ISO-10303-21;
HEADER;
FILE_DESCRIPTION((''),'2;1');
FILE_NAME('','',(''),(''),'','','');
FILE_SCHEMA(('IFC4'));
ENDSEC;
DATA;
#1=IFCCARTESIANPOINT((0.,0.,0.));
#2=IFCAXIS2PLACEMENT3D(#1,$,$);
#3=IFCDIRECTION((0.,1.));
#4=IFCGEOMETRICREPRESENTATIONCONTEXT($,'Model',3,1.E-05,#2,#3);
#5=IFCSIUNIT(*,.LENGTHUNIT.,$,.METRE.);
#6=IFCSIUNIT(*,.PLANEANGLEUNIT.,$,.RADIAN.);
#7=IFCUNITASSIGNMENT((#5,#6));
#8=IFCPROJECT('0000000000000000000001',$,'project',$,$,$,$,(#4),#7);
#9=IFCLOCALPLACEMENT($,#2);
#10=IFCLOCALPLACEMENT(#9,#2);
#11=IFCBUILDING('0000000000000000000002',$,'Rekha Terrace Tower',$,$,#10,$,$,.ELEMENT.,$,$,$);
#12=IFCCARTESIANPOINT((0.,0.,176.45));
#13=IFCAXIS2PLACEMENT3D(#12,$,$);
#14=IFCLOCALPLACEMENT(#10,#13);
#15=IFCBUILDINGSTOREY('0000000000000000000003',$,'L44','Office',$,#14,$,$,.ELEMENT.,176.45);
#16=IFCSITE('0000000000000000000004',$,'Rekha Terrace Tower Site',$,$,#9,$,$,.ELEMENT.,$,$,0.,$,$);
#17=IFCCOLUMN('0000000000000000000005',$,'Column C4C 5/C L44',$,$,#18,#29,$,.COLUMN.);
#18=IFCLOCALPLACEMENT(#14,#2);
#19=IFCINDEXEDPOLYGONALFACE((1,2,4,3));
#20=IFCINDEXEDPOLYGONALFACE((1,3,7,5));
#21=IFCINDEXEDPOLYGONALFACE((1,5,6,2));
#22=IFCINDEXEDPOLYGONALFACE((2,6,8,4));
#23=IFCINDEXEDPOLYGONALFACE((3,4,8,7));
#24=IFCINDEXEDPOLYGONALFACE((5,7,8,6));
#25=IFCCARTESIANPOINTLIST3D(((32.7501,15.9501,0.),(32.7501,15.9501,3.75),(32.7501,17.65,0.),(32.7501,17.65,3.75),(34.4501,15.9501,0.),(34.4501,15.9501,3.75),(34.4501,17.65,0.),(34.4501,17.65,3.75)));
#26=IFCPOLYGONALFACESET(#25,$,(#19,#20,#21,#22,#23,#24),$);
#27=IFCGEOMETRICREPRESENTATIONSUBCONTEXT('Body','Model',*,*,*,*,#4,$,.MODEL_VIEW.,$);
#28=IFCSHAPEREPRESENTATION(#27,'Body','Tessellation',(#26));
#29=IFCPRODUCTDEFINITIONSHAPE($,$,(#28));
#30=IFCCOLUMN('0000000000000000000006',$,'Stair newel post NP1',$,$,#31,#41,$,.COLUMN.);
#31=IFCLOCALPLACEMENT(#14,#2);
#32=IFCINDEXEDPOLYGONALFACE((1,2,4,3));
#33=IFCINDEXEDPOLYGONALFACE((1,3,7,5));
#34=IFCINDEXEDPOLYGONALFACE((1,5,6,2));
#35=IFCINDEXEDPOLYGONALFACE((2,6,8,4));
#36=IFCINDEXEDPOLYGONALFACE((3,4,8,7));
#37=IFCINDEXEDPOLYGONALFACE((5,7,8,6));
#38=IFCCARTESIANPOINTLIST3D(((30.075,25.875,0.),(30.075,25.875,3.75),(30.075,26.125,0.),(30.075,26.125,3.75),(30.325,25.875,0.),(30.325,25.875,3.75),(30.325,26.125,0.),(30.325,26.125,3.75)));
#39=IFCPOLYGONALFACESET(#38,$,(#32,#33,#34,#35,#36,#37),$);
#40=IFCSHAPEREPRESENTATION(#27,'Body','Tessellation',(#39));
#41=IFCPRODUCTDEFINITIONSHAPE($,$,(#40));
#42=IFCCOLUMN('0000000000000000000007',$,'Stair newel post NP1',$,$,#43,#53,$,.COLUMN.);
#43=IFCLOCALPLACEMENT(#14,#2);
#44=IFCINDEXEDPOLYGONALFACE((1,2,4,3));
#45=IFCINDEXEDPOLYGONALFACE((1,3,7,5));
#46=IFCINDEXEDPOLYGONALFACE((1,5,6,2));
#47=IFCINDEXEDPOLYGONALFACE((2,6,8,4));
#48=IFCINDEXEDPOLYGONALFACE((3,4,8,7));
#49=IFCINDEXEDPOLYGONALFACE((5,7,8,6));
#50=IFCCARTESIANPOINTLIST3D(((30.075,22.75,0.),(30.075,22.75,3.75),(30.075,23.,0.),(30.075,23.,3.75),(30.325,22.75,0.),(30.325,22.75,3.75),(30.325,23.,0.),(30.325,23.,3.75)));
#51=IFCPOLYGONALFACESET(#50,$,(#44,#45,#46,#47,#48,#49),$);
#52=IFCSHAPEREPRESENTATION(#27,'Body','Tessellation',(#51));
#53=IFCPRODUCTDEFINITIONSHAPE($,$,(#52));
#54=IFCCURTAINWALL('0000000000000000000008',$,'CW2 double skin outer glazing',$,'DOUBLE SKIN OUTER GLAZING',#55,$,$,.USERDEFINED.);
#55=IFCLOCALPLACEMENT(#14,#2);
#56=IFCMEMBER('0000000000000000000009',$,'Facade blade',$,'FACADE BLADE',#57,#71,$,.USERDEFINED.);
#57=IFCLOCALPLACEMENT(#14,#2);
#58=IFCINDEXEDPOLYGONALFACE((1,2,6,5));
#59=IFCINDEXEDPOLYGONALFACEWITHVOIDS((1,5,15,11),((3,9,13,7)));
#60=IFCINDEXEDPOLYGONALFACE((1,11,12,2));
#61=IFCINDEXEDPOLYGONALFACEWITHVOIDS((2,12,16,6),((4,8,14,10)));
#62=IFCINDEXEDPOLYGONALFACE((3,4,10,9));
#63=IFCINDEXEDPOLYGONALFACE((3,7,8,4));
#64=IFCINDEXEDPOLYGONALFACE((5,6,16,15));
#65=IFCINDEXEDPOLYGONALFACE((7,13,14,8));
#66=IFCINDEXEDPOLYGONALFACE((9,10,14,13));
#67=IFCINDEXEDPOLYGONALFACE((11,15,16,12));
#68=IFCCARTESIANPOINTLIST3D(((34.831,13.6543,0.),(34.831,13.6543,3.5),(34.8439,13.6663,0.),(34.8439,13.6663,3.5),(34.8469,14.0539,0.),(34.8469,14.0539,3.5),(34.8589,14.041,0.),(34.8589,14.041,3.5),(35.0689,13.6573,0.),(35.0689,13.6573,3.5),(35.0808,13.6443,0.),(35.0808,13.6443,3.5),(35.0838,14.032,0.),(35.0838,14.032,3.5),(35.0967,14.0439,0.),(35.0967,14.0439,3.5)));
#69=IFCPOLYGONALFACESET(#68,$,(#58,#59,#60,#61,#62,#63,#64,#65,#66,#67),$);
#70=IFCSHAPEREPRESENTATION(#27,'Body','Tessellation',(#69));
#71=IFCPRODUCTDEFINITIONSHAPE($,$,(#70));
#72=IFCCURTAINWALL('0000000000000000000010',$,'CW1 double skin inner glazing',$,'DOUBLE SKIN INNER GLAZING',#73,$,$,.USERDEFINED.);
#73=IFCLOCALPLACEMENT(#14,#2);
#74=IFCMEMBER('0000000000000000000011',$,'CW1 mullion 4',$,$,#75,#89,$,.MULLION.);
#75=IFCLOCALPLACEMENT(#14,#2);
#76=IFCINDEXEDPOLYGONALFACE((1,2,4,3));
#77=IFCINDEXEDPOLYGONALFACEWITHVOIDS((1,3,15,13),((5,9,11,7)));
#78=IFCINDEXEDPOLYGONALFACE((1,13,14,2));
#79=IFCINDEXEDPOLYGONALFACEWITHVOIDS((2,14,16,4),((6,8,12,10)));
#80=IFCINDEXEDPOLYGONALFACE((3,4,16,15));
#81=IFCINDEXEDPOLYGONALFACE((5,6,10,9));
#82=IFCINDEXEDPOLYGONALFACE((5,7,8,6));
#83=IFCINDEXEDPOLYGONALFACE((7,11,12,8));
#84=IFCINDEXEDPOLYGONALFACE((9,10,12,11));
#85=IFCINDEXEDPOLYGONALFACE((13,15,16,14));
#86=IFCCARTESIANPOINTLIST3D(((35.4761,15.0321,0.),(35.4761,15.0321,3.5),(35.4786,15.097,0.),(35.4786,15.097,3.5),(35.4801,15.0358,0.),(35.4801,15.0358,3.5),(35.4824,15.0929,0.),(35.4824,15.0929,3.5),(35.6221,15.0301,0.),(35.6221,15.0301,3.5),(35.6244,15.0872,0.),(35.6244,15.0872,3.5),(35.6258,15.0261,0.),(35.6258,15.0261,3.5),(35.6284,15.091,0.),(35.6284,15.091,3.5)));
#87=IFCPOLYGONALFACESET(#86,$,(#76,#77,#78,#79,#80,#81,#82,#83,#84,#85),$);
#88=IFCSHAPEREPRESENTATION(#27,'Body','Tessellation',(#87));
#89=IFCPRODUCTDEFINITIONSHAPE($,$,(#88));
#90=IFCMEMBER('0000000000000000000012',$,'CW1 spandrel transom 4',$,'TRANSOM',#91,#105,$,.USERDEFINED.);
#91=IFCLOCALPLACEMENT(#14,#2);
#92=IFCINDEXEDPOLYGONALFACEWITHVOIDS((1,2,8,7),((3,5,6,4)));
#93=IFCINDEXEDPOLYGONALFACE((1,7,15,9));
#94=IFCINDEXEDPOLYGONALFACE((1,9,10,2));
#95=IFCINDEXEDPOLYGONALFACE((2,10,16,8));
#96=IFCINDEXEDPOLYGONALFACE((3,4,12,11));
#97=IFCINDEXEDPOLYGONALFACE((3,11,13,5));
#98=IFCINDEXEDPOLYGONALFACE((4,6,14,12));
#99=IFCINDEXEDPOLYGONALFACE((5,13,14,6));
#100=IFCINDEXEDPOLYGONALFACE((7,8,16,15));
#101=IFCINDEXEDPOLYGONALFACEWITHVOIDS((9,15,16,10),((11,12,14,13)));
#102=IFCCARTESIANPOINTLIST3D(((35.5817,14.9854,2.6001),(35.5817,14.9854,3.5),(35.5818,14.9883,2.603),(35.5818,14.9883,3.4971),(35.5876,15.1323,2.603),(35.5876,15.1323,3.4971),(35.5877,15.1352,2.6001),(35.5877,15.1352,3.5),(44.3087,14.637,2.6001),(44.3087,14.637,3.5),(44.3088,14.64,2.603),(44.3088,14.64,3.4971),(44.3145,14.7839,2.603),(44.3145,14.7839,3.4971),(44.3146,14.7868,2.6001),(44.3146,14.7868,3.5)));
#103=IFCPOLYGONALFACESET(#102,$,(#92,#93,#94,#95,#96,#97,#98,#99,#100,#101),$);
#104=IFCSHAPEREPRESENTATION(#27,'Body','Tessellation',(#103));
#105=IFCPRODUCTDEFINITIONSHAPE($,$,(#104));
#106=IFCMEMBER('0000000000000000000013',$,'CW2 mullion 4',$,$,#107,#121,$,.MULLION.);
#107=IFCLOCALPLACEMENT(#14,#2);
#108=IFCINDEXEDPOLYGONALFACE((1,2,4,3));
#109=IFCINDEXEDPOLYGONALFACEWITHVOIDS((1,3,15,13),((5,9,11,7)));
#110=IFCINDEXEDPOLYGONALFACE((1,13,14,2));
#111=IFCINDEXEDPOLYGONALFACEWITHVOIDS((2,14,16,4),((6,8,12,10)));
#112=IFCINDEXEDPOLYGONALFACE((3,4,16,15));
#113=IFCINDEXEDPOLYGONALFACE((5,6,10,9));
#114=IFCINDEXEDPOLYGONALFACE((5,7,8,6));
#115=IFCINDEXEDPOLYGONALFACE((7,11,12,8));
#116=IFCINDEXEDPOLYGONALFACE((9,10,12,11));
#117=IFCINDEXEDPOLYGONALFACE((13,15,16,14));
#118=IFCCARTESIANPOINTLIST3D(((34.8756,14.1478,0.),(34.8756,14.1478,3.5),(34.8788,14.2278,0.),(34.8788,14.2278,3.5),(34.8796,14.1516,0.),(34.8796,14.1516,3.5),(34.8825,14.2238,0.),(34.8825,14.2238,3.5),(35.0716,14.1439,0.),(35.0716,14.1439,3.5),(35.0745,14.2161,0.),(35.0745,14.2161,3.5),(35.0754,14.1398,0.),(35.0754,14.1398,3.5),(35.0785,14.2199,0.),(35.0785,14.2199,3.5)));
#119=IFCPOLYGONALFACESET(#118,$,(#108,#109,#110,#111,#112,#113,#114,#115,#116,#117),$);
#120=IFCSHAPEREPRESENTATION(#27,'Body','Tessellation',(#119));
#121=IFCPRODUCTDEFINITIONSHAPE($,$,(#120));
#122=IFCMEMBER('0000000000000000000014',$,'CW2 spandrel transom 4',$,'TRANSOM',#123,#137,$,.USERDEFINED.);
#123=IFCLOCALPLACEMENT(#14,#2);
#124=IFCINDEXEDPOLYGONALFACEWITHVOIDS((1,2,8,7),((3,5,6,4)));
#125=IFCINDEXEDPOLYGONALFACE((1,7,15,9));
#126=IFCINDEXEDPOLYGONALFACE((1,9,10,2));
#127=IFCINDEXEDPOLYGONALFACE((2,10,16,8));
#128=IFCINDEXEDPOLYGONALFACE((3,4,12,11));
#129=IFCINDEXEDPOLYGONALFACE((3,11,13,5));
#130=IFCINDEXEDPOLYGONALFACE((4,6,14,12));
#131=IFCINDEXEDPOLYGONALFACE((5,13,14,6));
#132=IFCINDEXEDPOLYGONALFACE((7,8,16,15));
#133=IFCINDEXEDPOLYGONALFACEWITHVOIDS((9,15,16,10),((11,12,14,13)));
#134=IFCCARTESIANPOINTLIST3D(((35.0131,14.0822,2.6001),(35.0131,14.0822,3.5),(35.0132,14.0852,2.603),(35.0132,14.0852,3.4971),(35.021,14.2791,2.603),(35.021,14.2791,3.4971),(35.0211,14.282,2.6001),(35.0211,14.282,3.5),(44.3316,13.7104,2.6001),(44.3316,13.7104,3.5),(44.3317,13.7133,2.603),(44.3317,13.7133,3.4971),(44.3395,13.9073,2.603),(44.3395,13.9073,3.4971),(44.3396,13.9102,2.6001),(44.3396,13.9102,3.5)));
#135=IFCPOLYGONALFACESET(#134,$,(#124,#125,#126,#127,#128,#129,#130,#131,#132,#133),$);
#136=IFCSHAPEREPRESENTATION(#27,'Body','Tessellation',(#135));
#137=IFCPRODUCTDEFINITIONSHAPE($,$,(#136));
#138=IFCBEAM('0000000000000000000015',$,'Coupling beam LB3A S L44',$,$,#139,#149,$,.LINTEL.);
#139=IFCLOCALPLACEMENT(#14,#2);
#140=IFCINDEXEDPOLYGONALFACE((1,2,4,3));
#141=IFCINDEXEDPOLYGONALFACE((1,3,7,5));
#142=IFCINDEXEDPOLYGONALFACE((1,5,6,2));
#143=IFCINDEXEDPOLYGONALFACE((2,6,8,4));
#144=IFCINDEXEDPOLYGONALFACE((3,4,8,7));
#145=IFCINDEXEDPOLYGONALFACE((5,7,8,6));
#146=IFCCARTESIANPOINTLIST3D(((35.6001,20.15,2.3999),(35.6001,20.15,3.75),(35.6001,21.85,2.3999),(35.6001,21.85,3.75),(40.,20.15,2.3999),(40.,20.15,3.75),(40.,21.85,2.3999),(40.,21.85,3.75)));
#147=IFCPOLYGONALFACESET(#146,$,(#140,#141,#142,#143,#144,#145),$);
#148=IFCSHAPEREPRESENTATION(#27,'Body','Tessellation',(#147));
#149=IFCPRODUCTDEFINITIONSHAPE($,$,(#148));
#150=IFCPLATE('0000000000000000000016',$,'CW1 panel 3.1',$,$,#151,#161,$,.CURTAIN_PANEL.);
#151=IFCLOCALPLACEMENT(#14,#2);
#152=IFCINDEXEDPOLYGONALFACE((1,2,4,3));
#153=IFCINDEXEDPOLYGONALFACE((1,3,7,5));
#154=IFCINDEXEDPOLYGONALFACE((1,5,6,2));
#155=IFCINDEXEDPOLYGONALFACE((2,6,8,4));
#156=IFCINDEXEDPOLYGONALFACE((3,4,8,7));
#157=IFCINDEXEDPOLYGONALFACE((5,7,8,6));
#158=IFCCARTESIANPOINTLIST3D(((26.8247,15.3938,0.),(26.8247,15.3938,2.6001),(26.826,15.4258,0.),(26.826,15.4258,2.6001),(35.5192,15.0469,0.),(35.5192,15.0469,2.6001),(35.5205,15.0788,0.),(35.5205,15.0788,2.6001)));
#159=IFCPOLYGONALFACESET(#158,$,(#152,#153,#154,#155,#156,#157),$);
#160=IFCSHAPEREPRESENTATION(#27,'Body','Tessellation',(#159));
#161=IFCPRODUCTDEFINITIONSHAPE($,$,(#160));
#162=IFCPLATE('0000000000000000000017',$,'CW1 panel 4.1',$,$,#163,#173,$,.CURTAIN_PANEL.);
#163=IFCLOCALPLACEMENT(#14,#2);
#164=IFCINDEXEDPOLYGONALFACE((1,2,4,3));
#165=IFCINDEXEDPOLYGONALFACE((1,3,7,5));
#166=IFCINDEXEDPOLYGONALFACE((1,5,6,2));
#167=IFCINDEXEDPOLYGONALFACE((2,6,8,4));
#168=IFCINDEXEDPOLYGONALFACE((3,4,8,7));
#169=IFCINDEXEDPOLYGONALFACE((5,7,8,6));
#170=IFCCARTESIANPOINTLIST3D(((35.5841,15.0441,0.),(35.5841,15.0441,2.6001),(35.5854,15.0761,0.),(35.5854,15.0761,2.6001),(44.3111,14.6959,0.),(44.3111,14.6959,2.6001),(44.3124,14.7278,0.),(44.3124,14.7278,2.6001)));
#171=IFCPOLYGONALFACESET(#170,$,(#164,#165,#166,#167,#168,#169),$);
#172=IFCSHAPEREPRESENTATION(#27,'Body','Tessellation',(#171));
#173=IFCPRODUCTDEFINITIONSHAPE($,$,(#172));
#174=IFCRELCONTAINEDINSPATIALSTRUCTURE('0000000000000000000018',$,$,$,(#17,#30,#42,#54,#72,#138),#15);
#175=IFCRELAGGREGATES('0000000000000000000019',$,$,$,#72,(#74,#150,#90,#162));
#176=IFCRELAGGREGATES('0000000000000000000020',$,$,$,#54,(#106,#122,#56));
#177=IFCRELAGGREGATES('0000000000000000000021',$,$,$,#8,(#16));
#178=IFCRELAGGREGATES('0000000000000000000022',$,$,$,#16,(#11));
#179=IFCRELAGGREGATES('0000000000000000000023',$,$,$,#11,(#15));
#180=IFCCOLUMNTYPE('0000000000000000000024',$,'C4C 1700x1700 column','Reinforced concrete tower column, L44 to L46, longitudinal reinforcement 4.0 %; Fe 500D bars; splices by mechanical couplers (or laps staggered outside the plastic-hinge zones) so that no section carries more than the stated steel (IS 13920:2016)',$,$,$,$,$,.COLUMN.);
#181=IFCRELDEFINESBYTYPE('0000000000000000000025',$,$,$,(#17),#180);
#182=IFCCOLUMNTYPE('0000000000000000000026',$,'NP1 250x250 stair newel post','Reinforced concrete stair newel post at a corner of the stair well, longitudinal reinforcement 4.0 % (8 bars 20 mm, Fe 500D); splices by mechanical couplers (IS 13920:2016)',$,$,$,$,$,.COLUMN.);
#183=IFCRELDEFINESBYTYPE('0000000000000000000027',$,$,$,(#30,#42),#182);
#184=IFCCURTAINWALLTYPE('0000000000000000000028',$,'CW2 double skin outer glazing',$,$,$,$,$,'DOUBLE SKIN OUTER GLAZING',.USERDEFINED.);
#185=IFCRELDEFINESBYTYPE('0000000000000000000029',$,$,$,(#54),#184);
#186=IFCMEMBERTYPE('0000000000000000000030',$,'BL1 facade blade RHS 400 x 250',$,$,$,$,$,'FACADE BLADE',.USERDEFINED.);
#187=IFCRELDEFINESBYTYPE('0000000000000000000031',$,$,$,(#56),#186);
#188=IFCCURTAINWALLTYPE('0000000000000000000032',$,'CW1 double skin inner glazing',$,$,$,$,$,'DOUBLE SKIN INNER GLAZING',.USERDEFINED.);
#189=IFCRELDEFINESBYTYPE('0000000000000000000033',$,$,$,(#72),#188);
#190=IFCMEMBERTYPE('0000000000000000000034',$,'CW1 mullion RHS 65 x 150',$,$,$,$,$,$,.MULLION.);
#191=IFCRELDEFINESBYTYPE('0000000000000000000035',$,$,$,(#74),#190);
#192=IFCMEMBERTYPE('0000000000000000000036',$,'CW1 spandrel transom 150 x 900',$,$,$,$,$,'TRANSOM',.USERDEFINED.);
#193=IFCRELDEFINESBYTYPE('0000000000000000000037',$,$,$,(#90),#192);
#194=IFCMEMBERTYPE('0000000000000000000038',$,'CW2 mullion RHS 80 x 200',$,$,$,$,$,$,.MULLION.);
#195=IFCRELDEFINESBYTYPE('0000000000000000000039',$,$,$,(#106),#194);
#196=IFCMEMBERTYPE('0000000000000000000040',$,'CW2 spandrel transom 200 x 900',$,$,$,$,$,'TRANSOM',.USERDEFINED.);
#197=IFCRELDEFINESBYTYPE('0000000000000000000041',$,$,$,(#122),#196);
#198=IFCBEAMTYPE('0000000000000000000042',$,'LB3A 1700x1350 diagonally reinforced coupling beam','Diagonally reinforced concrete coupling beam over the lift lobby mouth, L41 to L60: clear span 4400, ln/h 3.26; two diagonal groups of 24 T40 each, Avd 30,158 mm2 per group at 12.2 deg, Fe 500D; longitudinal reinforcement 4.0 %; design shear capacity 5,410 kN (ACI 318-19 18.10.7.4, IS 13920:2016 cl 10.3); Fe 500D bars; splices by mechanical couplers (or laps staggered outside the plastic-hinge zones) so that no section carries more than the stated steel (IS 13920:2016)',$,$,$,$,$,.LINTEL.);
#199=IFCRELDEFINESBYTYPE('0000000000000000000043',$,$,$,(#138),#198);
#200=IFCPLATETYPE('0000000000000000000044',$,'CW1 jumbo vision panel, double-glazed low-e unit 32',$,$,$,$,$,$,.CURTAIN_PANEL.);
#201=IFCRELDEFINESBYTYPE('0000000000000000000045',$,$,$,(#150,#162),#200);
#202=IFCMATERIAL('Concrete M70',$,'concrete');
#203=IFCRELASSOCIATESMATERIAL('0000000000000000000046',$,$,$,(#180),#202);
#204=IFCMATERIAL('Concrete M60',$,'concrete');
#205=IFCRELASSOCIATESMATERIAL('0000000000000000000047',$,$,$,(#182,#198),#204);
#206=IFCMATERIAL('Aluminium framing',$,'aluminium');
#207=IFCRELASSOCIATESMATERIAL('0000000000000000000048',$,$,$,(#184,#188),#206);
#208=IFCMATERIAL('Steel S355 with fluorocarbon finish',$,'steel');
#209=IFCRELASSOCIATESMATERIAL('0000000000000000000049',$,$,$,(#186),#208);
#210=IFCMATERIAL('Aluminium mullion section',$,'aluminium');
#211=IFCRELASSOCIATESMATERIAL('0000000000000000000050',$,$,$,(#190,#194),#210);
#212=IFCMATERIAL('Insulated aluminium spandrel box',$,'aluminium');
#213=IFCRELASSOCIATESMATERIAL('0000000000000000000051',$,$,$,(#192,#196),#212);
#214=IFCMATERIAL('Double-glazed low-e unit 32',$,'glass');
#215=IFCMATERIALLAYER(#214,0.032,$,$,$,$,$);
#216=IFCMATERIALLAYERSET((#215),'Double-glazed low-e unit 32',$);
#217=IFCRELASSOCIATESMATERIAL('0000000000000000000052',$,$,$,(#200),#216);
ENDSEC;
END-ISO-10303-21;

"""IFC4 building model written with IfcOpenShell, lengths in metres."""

from ifc_helpers import new_model, si_unit, direction, frame, origin, origin_2d, place, context, subcontext, project, spatial, rectangle, hollow_rectangle, extrude, material, layer, layer_set, material_profile, profile_set, type_object, element, aggregate, save


model = new_model("IFC4")

# Units and contexts
model_context = context("Model", 3, precision=1e-05, world=origin(), true_north=direction((0.0, 1.0)))
body_context = subcontext(model_context, "Body", "Model", "MODEL_VIEW")
ifc_project = project(units=[si_unit("LENGTHUNIT", "METRE"), si_unit("PLANEANGLEUNIT", "RADIAN")], contexts=[model_context])

# Site, building, storey
site_placement = place(None, origin())
site = spatial("IfcSite", under=ifc_project, at=site_placement, Name="Rekha Terrace Tower Site", CompositionType="ELEMENT", RefElevation=0.0)
building_placement = place(site_placement, origin())
building = spatial("IfcBuilding", under=site, at=building_placement, Name="Rekha Terrace Tower", CompositionType="ELEMENT")
storey_placement = place(building_placement, frame((0.0, 0.0, 176.45)))
storey = spatial("IfcBuildingStorey", under=building, at=storey_placement, Name="L44", Description="Office", CompositionType="ELEMENT", Elevation=176.45)

# Columns
ifc_material_1 = material(Name="Concrete M70", Category="concrete")
ifc_material_profile_1 = material_profile(ifc_material_1, rectangle(XDim=1.7, YDim=1.7, at=origin_2d()), Name="RC 1700x1700")
ifc_profile_set_1 = profile_set([ifc_material_profile_1], Name="Concrete M70")
column_type_1 = type_object("IfcColumnType", Name="C4C 1700x1700 column", Description="Reinforced concrete tower column, L44 to L46, longitudinal reinforcement 4.0 %; Fe 500D bars; splices by mechanical couplers (or laps staggered outside the plastic-hinge zones) so that no section carries more than the stated steel (IS 13920:2016)", PredefinedType="COLUMN", material=ifc_profile_set_1)
column_placement = place(storey_placement, frame((33.6001, 16.8, 0.0), z_axis=(0.0, 0.0, 1.0), x_axis=(1.0, 0.0, 0.0)))
element("IfcColumn", 1, at=column_placement, inside=storey, type_object=column_type_1, Name="Column C4C 5/C L44", PredefinedType="COLUMN", context=body_context, shape_type="SweptSolid", body=[
    extrude(rectangle(XDim=1.7, YDim=1.7, at=origin_2d()), origin(), (0.0, 0.0, 1.0), 3.75),
])
ifc_material_2 = material(Name="Concrete M60", Category="concrete")
ifc_material_profile_2 = material_profile(ifc_material_2, rectangle(XDim=0.25, YDim=0.25, at=origin_2d()), Name="RC 250x250")
ifc_profile_set_2 = profile_set([ifc_material_profile_2], Name="Concrete M60")
column_type_2 = type_object("IfcColumnType", Name="NP1 250x250 stair newel post", Description="Reinforced concrete stair newel post at a corner of the stair well, longitudinal reinforcement 4.0 % (8 bars 20 mm, Fe 500D); splices by mechanical couplers (IS 13920:2016)", PredefinedType="COLUMN", material=ifc_profile_set_2)
for number, where, z_axis, x_axis, name in (
    (2, (30.2, 26.0, 0.0), (0.0, 0.0, 1.0), (1.0, 0.0, 0.0), "Stair newel post NP1"),
    (3, (30.2, 22.875, 0.0), (0.0, 0.0, 1.0), (1.0, 0.0, 0.0), "Stair newel post NP1"),
):
    element("IfcColumn", number, at=place(storey_placement, frame(where, z_axis=z_axis, x_axis=x_axis)), inside=storey, type_object=column_type_2, Name=name, PredefinedType="COLUMN", context=body_context, shape_type="SweptSolid", body=[
        extrude(rectangle(XDim=0.25, YDim=0.25, at=origin_2d()), origin(), (0.0, 0.0, 1.0), 3.75),
    ])

# Curtain wall, member
ifc_material_3 = material(Name="Aluminium framing", Category="aluminium")
curtain_wall_type_1 = type_object("IfcCurtainWallType", Name="CW2 double skin outer glazing", ElementType="DOUBLE SKIN OUTER GLAZING", PredefinedType="USERDEFINED", material=ifc_material_3)
curtain_wall_1_placement = place(storey_placement, origin())
curtain_wall_1 = element("IfcCurtainWall", 4, at=curtain_wall_1_placement, inside=storey, type_object=curtain_wall_type_1, Name="CW2 double skin outer glazing", ObjectType="DOUBLE SKIN OUTER GLAZING", PredefinedType="USERDEFINED")
ifc_material_4 = material(Name="Steel S355 with fluorocarbon finish", Category="steel")
ifc_material_profile_3 = material_profile(ifc_material_4, hollow_rectangle(XDim=0.25, YDim=0.3999, WallThickness=0.0125, at=origin_2d()), Name="RHS400x250x12.5")
ifc_profile_set_3 = profile_set([ifc_material_profile_3], Name="Steel S355 with fluorocarbon finish")
member_type_1 = type_object("IfcMemberType", Name="BL1 facade blade RHS 400 x 250", ElementType="FACADE BLADE", PredefinedType="USERDEFINED", material=ifc_profile_set_3)
member_1_placement = place(storey_placement, frame((34.9639, 13.8491, 0.0), z_axis=(0.0, 0.0, 1.0), x_axis=(0.999205, -0.039872, 0.0)))
member_1 = element("IfcMember", 5, at=member_1_placement, type_object=member_type_1, Name="Facade blade", ObjectType="FACADE BLADE", PredefinedType="USERDEFINED", context=body_context, shape_type="SweptSolid", body=[
    extrude(hollow_rectangle(XDim=0.25, YDim=0.3999, WallThickness=0.0125, at=origin_2d()), origin(), (0.0, 0.0, 1.0), 3.5),
])

# Curtain wall, members
curtain_wall_type_2 = type_object("IfcCurtainWallType", Name="CW1 double skin inner glazing", ElementType="DOUBLE SKIN INNER GLAZING", PredefinedType="USERDEFINED", material=ifc_material_3)
curtain_wall_2_placement = place(storey_placement, origin())
curtain_wall_2 = element("IfcCurtainWall", 6, at=curtain_wall_2_placement, inside=storey, type_object=curtain_wall_type_2, Name="CW1 double skin inner glazing", ObjectType="DOUBLE SKIN INNER GLAZING", PredefinedType="USERDEFINED")
ifc_material_5 = material(Name="Aluminium mullion section", Category="aluminium")
ifc_material_profile_4 = material_profile(ifc_material_5, hollow_rectangle(XDim=0.0649, YDim=0.1499, WallThickness=0.0039, at=origin_2d()), Name="AL RHS 65x150")
ifc_profile_set_4 = profile_set([ifc_material_profile_4], Name="Aluminium mullion section")
member_type_2 = type_object("IfcMemberType", Name="CW1 mullion RHS 65 x 150", PredefinedType="MULLION", material=ifc_profile_set_4)
member_2_placement = place(storey_placement, frame((35.5522, 15.0615, 0.0), z_axis=(0.0, 0.0, 1.0), x_axis=(0.039872, 0.999205, 0.0)))
member_2 = element("IfcMember", 7, at=member_2_placement, type_object=member_type_2, Name="CW1 mullion 4", PredefinedType="MULLION", context=body_context, shape_type="SweptSolid", body=[
    extrude(hollow_rectangle(XDim=0.0649, YDim=0.1499, WallThickness=0.0039, at=origin_2d()), origin(), (0.0, 0.0, 1.0), 3.5),
])
ifc_material_6 = material(Name="Insulated aluminium spandrel box", Category="aluminium")
ifc_material_profile_5 = material_profile(ifc_material_6, hollow_rectangle(XDim=0.1499, YDim=0.8999, WallThickness=0.0029, at=origin_2d()), Name="AL SPANDREL BOX 150x900")
ifc_profile_set_5 = profile_set([ifc_material_profile_5], Name="Insulated aluminium spandrel box")
member_type_3 = type_object("IfcMemberType", Name="CW1 spandrel transom 150 x 900", ElementType="TRANSOM", PredefinedType="USERDEFINED", material=ifc_profile_set_5)
member_3_placement = place(storey_placement, frame((35.5847, 15.0603, 3.05), z_axis=(0.999204, -0.039889, 0.0), x_axis=(0.039889, 0.999204, 0.0)))
member_3 = element("IfcMember", 8, at=member_3_placement, type_object=member_type_3, Name="CW1 spandrel transom 4", ObjectType="TRANSOM", PredefinedType="USERDEFINED", context=body_context, shape_type="SweptSolid", body=[
    extrude(hollow_rectangle(XDim=0.1499, YDim=0.8999, WallThickness=0.0029, at=origin_2d()), origin(), (0.0, 0.0, 1.0), 8.7339),
])

# Members
ifc_material_profile_6 = material_profile(ifc_material_5, hollow_rectangle(XDim=0.0801, YDim=0.2, WallThickness=0.0039, at=origin_2d()), Name="AL RHS 80x200")
ifc_profile_set_6 = profile_set([ifc_material_profile_6], Name="Aluminium mullion section")
member_type_4 = type_object("IfcMemberType", Name="CW2 mullion RHS 80 x 200", PredefinedType="MULLION", material=ifc_profile_set_6)
member_4_placement = place(storey_placement, frame((34.9771, 14.1838, 0.0), z_axis=(0.0, 0.0, 1.0), x_axis=(0.039872, 0.999205, 0.0)))
member_4 = element("IfcMember", 9, at=member_4_placement, type_object=member_type_4, Name="CW2 mullion 4", PredefinedType="MULLION", context=body_context, shape_type="SweptSolid", body=[
    extrude(hollow_rectangle(XDim=0.0801, YDim=0.2, WallThickness=0.0039, at=origin_2d()), origin(), (0.0, 0.0, 1.0), 3.5),
])
ifc_material_profile_7 = material_profile(ifc_material_6, hollow_rectangle(XDim=0.2, YDim=0.8999, WallThickness=0.0029, at=origin_2d()), Name="AL SPANDREL BOX 200x900")
ifc_profile_set_7 = profile_set([ifc_material_profile_7], Name="Insulated aluminium spandrel box")
member_type_5 = type_object("IfcMemberType", Name="CW2 spandrel transom 200 x 900", ElementType="TRANSOM", PredefinedType="USERDEFINED", material=ifc_profile_set_7)
member_5_placement = place(storey_placement, frame((35.0171, 14.1821, 3.05), z_axis=(0.999205, -0.03987, 0.0), x_axis=(0.03987, 0.999205, 0.0)))
member_5 = element("IfcMember", 10, at=member_5_placement, type_object=member_type_5, Name="CW2 spandrel transom 4", ObjectType="TRANSOM", PredefinedType="USERDEFINED", context=body_context, shape_type="SweptSolid", body=[
    extrude(hollow_rectangle(XDim=0.2, YDim=0.8999, WallThickness=0.0029, at=origin_2d()), origin(), (0.0, 0.0, 1.0), 9.3259),
])

# Beam
ifc_material_profile_8 = material_profile(ifc_material_2, rectangle(XDim=1.7, YDim=1.3501, at=origin_2d()), Name="RC 1700x1350")
ifc_profile_set_8 = profile_set([ifc_material_profile_8], Name="Concrete M60")
beam_type = type_object("IfcBeamType", Name="LB3A 1700x1350 diagonally reinforced coupling beam", Description="Diagonally reinforced concrete coupling beam over the lift lobby mouth, L41 to L60: clear span 4400, ln/h 3.26; two diagonal groups of 24 T40 each, Avd 30,158 mm2 per group at 12.2 deg, Fe 500D; longitudinal reinforcement 4.0 %; design shear capacity 5,410 kN (ACI 318-19 18.10.7.4, IS 13920:2016 cl 10.3); Fe 500D bars; splices by mechanical couplers (or laps staggered outside the plastic-hinge zones) so that no section carries more than the stated steel (IS 13920:2016)", PredefinedType="LINTEL", material=ifc_profile_set_8)
beam_placement = place(storey_placement, frame((35.6001, 21.0, 3.075), z_axis=(1.0, 0.0, 0.0), x_axis=(0.0, 1.0, 0.0)))
element("IfcBeam", 11, at=beam_placement, inside=storey, type_object=beam_type, Name="Coupling beam LB3A S L44", PredefinedType="LINTEL", context=body_context, shape_type="SweptSolid", body=[
    extrude(rectangle(XDim=1.7, YDim=1.3501, at=origin_2d()), origin(), (0.0, 0.0, 1.0), 4.3999),
])

# Plates
ifc_material_7 = material(Name="Double-glazed low-e unit 32", Category="glass")
ifc_layer_1 = layer(ifc_material_7, 0.032)
ifc_layer_set_1 = layer_set([ifc_layer_1], Name="Double-glazed low-e unit 32")
plate_type_1 = type_object("IfcPlateType", Name="CW1 jumbo vision panel, double-glazed low-e unit 32", PredefinedType="CURTAIN_PANEL", material=ifc_layer_set_1)
plate_1_placement = place(storey_placement, frame((31.1726, 15.2363, 0.0), z_axis=(0.0, 0.0, 1.0), x_axis=(0.999205, -0.039872, 0.0)))
plate_1 = element("IfcPlate", 12, at=plate_1_placement, type_object=plate_type_1, Name="CW1 panel 3.1", PredefinedType="CURTAIN_PANEL", context=body_context, shape_type="SweptSolid", body=[
    extrude(rectangle(XDim=8.7014, YDim=0.032, at=origin_2d()), origin(), (0.0, 0.0, 1.0), 2.6001),
])
plate_2_placement = place(storey_placement, frame((39.9482, 14.886, 0.0), z_axis=(0.0, 0.0, 1.0), x_axis=(0.999205, -0.039872, 0.0)))
plate_2 = element("IfcPlate", 13, at=plate_2_placement, type_object=plate_type_1, Name="CW1 panel 4.1", PredefinedType="CURTAIN_PANEL", context=body_context, shape_type="SweptSolid", body=[
    extrude(rectangle(XDim=8.7339, YDim=0.032, at=origin_2d()), origin(), (0.0, 0.0, 1.0), 2.6001),
])
aggregate(curtain_wall_2, [member_2, plate_1, member_3, plate_2])
aggregate(curtain_wall_1, [member_4, member_5, member_1])

save(model, "model.ifc")
